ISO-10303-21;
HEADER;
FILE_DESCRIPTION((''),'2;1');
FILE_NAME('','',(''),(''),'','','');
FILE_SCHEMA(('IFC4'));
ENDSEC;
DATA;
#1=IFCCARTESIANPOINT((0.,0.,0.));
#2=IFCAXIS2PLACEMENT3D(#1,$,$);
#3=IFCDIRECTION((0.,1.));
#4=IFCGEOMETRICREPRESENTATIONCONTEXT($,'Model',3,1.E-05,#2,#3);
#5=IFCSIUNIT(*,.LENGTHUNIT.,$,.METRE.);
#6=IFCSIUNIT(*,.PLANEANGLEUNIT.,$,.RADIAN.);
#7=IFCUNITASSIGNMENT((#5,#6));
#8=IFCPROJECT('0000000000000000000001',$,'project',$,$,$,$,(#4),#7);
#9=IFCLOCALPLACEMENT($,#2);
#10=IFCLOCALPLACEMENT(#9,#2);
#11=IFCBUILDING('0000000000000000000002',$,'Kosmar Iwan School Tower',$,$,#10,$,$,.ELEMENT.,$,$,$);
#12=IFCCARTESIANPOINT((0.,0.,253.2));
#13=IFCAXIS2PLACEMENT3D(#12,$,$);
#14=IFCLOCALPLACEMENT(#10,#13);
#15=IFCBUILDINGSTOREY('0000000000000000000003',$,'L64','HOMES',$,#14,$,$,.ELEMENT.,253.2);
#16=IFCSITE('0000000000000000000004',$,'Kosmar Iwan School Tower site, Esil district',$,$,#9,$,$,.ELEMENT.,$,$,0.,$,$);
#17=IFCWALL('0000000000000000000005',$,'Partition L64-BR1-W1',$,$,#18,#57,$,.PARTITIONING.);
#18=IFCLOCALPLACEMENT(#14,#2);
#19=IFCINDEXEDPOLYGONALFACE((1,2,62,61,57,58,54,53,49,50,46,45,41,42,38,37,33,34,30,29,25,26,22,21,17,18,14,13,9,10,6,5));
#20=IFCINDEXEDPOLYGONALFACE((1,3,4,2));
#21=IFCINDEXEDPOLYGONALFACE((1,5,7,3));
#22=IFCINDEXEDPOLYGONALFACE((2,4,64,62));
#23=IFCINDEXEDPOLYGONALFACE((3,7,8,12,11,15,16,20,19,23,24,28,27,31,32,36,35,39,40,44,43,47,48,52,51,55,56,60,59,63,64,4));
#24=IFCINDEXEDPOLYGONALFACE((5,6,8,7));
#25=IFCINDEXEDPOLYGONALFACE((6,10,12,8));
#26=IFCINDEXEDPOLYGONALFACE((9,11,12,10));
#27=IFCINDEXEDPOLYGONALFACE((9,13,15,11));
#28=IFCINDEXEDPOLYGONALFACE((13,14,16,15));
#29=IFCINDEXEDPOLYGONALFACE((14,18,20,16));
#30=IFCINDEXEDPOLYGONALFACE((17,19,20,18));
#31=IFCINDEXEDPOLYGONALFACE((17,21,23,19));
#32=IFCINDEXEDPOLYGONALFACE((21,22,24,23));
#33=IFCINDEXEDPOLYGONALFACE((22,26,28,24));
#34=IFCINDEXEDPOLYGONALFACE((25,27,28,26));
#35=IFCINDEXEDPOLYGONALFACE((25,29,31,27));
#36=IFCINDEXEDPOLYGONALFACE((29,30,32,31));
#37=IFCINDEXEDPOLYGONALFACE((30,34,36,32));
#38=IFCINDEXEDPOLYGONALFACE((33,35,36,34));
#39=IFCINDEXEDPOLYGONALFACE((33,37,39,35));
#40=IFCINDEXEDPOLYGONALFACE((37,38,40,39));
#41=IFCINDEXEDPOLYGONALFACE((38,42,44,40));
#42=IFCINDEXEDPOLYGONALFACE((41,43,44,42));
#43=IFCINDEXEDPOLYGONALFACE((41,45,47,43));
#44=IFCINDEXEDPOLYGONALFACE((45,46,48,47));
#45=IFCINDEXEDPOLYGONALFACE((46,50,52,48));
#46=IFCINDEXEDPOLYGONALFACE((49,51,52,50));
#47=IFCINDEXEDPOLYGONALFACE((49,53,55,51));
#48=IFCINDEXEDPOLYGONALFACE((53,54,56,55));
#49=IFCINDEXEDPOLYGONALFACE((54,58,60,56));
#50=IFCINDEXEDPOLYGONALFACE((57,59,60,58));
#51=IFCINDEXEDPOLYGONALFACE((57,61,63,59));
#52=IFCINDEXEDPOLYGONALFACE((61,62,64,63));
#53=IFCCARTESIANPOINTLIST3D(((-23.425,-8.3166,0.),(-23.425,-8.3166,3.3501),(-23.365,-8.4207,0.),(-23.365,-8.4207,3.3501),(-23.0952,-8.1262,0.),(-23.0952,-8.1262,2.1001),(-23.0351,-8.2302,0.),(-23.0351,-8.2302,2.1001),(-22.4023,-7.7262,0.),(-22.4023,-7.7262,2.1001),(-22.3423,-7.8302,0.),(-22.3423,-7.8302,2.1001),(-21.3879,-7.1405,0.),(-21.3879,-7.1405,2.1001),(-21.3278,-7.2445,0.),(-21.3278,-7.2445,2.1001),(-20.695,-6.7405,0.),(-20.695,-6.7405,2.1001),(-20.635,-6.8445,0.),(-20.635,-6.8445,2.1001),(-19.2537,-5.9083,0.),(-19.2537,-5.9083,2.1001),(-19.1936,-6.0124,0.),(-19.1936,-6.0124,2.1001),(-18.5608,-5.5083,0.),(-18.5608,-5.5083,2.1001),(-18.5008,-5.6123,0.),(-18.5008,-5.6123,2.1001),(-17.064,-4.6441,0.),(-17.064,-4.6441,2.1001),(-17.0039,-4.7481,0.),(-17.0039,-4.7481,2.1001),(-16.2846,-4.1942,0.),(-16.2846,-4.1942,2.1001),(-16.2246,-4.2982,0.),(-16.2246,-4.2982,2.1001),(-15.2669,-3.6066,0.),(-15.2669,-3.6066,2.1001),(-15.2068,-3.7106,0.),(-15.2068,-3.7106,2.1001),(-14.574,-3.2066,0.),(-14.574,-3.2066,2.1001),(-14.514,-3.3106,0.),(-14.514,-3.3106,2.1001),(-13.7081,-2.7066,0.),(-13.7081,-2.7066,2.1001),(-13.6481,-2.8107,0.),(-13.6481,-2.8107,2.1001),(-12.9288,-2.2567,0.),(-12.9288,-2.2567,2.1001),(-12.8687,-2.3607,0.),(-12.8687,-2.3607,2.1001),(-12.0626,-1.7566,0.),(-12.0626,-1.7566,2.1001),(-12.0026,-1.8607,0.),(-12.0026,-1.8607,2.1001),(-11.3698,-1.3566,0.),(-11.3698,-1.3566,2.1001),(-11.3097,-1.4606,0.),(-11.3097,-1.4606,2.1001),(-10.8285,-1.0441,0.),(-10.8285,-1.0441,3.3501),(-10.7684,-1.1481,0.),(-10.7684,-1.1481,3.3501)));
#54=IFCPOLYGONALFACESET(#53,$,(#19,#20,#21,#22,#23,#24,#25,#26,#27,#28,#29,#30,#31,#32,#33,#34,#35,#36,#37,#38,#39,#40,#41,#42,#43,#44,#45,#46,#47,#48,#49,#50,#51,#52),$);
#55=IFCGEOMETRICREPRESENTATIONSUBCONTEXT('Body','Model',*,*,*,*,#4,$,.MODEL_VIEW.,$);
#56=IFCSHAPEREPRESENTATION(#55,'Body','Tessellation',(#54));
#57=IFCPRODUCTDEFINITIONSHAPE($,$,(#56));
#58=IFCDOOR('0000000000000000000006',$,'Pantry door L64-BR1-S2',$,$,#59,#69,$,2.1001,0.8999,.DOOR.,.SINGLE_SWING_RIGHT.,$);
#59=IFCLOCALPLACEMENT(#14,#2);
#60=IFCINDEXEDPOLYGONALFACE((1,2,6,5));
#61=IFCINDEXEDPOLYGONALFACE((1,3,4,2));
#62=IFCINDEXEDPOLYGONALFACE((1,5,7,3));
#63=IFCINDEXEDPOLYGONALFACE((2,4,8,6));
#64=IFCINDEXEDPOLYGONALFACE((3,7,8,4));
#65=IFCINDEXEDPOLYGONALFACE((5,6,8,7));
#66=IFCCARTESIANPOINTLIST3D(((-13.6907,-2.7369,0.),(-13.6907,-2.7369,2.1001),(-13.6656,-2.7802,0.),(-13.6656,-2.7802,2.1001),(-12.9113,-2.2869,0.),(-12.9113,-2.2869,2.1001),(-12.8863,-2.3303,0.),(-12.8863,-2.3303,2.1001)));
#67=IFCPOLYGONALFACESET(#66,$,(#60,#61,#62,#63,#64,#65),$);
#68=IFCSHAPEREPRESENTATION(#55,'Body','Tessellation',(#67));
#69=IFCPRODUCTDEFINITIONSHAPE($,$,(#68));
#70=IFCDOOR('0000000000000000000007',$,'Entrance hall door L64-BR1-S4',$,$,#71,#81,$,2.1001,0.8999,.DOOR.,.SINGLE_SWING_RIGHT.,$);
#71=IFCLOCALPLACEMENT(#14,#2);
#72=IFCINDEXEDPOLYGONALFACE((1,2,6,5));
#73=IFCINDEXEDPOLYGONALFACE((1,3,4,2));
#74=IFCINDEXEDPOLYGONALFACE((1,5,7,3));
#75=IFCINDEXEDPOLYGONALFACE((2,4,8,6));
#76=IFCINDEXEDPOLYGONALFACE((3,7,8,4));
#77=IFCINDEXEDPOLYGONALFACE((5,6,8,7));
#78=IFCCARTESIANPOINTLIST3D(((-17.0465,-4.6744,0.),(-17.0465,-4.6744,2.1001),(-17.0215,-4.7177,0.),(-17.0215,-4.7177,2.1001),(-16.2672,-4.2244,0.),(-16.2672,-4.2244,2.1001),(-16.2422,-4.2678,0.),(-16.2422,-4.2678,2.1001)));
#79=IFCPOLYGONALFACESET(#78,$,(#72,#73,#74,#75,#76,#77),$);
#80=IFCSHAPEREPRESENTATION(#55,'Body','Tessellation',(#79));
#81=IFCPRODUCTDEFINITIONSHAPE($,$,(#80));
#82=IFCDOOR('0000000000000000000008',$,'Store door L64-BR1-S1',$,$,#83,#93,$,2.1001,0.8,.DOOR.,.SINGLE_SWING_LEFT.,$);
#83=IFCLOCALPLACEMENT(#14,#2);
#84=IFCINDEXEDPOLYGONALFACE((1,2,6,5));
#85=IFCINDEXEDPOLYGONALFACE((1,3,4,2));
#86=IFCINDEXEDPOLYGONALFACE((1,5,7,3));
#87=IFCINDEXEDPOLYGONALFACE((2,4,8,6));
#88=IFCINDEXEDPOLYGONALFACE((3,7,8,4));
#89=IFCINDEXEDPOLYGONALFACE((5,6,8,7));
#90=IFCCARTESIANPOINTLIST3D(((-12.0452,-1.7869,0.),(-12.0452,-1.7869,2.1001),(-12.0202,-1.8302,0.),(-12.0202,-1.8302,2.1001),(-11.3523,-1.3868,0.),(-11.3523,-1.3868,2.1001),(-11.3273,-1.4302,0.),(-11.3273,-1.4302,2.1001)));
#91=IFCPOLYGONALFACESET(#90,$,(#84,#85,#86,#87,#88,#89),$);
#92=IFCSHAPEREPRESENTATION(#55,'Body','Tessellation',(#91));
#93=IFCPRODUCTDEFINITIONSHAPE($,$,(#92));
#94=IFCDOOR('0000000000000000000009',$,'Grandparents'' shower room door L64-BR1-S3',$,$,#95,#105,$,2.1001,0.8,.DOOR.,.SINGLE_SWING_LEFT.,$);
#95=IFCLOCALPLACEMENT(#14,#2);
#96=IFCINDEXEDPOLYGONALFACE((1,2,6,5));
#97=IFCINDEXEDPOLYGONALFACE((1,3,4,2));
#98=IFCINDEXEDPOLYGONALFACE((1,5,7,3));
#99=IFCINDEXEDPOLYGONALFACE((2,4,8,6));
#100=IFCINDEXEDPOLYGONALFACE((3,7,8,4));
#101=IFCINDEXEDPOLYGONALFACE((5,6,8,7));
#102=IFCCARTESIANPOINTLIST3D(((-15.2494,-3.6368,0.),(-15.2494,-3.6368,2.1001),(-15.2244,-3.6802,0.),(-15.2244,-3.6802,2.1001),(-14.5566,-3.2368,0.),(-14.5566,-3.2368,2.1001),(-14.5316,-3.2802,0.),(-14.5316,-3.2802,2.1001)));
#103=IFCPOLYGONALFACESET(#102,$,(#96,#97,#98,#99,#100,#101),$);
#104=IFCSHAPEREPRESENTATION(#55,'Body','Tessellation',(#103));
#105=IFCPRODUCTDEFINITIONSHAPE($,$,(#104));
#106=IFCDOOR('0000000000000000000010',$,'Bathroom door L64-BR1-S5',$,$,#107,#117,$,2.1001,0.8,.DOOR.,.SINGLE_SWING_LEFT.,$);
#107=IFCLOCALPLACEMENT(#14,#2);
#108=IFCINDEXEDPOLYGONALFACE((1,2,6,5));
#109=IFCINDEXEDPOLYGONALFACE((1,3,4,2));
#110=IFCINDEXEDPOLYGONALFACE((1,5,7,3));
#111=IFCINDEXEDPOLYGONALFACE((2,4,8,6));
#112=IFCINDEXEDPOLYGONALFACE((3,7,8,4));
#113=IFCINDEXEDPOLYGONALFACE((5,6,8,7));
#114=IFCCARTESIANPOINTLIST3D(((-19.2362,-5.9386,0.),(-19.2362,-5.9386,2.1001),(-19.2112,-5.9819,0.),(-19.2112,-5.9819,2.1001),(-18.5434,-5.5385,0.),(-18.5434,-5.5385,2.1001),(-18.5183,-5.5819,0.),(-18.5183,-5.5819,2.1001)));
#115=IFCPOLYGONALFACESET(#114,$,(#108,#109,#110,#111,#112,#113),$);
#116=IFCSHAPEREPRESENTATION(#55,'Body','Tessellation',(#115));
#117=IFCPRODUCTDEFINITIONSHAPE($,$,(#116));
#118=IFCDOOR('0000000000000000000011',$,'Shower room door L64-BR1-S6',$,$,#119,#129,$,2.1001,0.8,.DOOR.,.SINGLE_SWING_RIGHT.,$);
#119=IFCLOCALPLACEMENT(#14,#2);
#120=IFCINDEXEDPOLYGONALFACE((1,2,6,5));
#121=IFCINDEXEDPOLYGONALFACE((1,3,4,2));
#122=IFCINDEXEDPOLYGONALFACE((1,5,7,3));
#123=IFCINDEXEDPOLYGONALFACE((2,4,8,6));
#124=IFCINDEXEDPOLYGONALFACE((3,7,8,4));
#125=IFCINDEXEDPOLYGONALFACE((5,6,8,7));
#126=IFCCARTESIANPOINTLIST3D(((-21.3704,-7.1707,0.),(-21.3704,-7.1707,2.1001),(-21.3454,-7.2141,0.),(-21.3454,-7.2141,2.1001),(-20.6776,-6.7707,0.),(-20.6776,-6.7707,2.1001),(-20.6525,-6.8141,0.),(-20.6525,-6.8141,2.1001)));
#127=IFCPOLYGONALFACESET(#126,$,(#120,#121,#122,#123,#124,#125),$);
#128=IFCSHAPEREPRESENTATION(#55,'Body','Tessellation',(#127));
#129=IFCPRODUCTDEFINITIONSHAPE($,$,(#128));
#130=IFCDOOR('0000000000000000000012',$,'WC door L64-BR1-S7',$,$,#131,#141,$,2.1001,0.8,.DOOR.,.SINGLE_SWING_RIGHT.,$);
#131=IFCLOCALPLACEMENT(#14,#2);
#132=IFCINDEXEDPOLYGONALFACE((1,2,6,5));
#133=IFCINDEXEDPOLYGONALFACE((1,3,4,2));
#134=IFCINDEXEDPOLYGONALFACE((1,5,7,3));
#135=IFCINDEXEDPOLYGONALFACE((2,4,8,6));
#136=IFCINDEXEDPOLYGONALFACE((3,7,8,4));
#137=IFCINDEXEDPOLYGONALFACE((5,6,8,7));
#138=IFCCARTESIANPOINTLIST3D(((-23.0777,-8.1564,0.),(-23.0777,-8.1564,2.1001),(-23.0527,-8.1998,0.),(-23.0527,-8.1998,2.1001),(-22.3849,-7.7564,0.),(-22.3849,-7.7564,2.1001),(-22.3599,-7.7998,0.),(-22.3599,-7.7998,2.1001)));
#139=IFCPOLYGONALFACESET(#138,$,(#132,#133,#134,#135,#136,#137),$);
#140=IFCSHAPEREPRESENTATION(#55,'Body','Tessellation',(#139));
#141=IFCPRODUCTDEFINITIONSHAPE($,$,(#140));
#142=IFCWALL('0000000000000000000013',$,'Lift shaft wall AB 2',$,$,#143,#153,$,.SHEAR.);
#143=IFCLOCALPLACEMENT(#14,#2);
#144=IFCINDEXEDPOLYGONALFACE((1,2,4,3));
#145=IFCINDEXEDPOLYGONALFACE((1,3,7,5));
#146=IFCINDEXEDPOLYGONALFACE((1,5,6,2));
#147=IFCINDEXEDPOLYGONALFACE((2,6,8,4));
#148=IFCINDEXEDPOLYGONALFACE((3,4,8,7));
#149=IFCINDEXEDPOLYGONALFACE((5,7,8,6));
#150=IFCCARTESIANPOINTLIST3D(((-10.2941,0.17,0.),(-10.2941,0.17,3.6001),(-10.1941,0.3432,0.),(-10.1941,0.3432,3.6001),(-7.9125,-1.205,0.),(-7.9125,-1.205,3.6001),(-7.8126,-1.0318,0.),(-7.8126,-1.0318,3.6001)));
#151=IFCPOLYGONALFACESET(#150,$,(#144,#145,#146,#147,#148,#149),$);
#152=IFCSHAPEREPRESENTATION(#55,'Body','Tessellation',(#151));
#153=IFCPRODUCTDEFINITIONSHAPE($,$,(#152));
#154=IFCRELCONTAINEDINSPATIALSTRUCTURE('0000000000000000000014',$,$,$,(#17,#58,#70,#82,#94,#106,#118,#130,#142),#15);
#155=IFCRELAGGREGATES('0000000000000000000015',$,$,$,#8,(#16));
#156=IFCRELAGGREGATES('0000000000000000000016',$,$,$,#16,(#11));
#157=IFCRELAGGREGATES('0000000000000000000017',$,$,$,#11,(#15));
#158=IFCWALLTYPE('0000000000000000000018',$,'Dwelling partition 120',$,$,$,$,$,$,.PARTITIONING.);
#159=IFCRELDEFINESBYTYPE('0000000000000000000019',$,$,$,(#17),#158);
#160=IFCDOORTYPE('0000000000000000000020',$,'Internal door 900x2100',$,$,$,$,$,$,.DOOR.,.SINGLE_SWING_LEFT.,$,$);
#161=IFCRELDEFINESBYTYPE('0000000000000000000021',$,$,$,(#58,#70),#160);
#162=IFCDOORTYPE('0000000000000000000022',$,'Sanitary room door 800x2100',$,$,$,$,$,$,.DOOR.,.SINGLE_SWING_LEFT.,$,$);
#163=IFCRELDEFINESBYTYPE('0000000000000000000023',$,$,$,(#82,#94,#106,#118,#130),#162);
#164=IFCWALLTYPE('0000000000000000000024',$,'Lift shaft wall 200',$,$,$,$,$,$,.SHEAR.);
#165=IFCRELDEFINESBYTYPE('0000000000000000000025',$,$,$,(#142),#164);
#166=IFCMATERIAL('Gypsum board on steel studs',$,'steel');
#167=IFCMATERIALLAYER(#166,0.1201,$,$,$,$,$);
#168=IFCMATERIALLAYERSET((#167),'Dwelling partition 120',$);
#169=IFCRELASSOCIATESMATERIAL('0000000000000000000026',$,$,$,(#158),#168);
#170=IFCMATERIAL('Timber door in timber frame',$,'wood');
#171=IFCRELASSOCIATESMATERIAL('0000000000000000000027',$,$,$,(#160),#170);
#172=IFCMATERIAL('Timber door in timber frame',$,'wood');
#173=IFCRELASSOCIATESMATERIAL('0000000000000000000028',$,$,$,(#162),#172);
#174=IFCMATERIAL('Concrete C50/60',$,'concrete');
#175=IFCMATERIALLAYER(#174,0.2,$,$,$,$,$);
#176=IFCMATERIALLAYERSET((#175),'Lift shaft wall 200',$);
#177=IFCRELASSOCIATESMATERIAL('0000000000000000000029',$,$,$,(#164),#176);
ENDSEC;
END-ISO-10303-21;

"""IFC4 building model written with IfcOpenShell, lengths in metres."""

from ifc_helpers import new_model, si_unit, direction, frame, frame_2d, origin, place, context, subcontext, project, spatial, rectangle, extrude, material, layer, layer_set, type_object, element, fill, save


model = new_model("IFC4")

# Units and contexts
model_context = context("Model", 3, precision=1e-05, world=origin(), true_north=direction((0.0, 1.0)))
body_context = subcontext(model_context, "Body", "Model", "MODEL_VIEW")
ifc_project = project(units=[si_unit("LENGTHUNIT", "METRE"), si_unit("PLANEANGLEUNIT", "RADIAN")], contexts=[model_context])

# Site, building, storey
site_placement = place(None, origin())
site = spatial("IfcSite", under=ifc_project, at=site_placement, Name="Kosmar Iwan School Tower site, Esil district", CompositionType="ELEMENT", RefElevation=0.0)
building_placement = place(site_placement, origin())
building = spatial("IfcBuilding", under=site, at=building_placement, Name="Kosmar Iwan School Tower", CompositionType="ELEMENT")
storey_placement = place(building_placement, frame((0.0, 0.0, 253.2)))
storey = spatial("IfcBuildingStorey", under=building, at=storey_placement, Name="L64", Description="HOMES", CompositionType="ELEMENT", Elevation=253.2)

# Shared definitions
ifc_material_1 = material(Name="Gypsum board on steel studs", Category="steel")
ifc_layer_1 = layer(ifc_material_1, 0.1201)
ifc_layer_set_1 = layer_set([ifc_layer_1], Name="Dwelling partition 120")
wall_type_1 = type_object("IfcWallType", Name="Dwelling partition 120", PredefinedType="PARTITIONING", material=ifc_layer_set_1)

# Wall, openings, doors
wall_1_placement = place(storey_placement, frame((-10.7986, -1.0962, 0.0), z_axis=(0.0, 0.0, 1.0), x_axis=(-0.866028, -0.499995, 0.0)))
wall_1 = element("IfcWall", 1, at=wall_1_placement, inside=storey, type_object=wall_type_1, Name="Partition L64-BR1-W1", PredefinedType="PARTITIONING", context=body_context, shape_type="SweptSolid", body=[
    extrude(rectangle(XDim=14.5452, YDim=0.1201, at=frame_2d((7.2725, 0.0))), origin(), (0.0, 0.0, 1.0), 3.3501),
])
opening_1_placement = place(wall_1_placement, frame((0.625, 0.0, 0.0)))
opening_1 = element("IfcOpeningElement", 2, at=opening_1_placement, cuts=wall_1, PredefinedType="OPENING", context=body_context, shape_type="SweptSolid", body=[
    extrude(rectangle(XDim=0.8, YDim=2.1001, at=frame_2d((0.3999, 1.05))), frame((0.0, 0.072, 0.0), z_axis=(0.0, -1.0, 0.0), x_axis=(1.0, 0.0, 0.0)), (0.0, 0.0, 1.0), 0.144),
])
opening_2_placement = place(wall_1_placement, frame((2.425, 0.0, 0.0)))
opening_2 = element("IfcOpeningElement", 3, at=opening_2_placement, cuts=wall_1, PredefinedType="OPENING", context=body_context, shape_type="SweptSolid", body=[
    extrude(rectangle(XDim=0.8999, YDim=2.1001, at=frame_2d((0.45, 1.05))), frame((0.0, 0.072, 0.0), z_axis=(0.0, -1.0, 0.0), x_axis=(1.0, 0.0, 0.0)), (0.0, 0.0, 1.0), 0.144),
])
opening_3_placement = place(wall_1_placement, frame((4.325, 0.0, 0.0)))
opening_3 = element("IfcOpeningElement", 4, at=opening_3_placement, cuts=wall_1, PredefinedType="OPENING", context=body_context, shape_type="SweptSolid", body=[
    extrude(rectangle(XDim=0.8, YDim=2.1001, at=frame_2d((0.3999, 1.05))), frame((0.0, 0.072, 0.0), z_axis=(0.0, -1.0, 0.0), x_axis=(1.0, 0.0, 0.0)), (0.0, 0.0, 1.0), 0.144),
])
opening_4_placement = place(wall_1_placement, frame((6.3, 0.0, 0.0)))
opening_4 = element("IfcOpeningElement", 5, at=opening_4_placement, cuts=wall_1, PredefinedType="OPENING", context=body_context, shape_type="SweptSolid", body=[
    extrude(rectangle(XDim=0.8999, YDim=2.1001, at=frame_2d((0.45, 1.05))), frame((0.0, 0.072, 0.0), z_axis=(0.0, -1.0, 0.0), x_axis=(1.0, 0.0, 0.0)), (0.0, 0.0, 1.0), 0.144),
])
opening_5_placement = place(wall_1_placement, frame((8.9285, 0.0, 0.0)))
opening_5 = element("IfcOpeningElement", 6, at=opening_5_placement, cuts=wall_1, PredefinedType="OPENING", context=body_context, shape_type="SweptSolid", body=[
    extrude(rectangle(XDim=0.8, YDim=2.1001, at=frame_2d((0.3999, 1.05))), frame((0.0, 0.072, 0.0), z_axis=(0.0, -1.0, 0.0), x_axis=(1.0, 0.0, 0.0)), (0.0, 0.0, 1.0), 0.144),
])
opening_6_placement = place(wall_1_placement, frame((11.3928, 0.0, 0.0)))
opening_6 = element("IfcOpeningElement", 7, at=opening_6_placement, cuts=wall_1, PredefinedType="OPENING", context=body_context, shape_type="SweptSolid", body=[
    extrude(rectangle(XDim=0.8, YDim=2.1001, at=frame_2d((0.3999, 1.05))), frame((0.0, 0.072, 0.0), z_axis=(0.0, -1.0, 0.0), x_axis=(1.0, 0.0, 0.0)), (0.0, 0.0, 1.0), 0.144),
])
opening_7_placement = place(wall_1_placement, frame((13.3643, 0.0, 0.0)))
opening_7 = element("IfcOpeningElement", 8, at=opening_7_placement, cuts=wall_1, PredefinedType="OPENING", context=body_context, shape_type="SweptSolid", body=[
    extrude(rectangle(XDim=0.8, YDim=2.1001, at=frame_2d((0.3999, 1.05))), frame((0.0, 0.072, 0.0), z_axis=(0.0, -1.0, 0.0), x_axis=(1.0, 0.0, 0.0)), (0.0, 0.0, 1.0), 0.144),
])
ifc_material_2 = material(Name="Timber door in timber frame", Category="wood")
door_type_1 = type_object("IfcDoorType", Name="Internal door 900x2100", OperationType="SINGLE_SWING_LEFT", PredefinedType="DOOR", material=ifc_material_2)
door_1_placement = place(opening_2_placement, origin())
door_1 = element("IfcDoor", 9, at=door_1_placement, inside=storey, type_object=door_type_1, Name="Pantry door L64-BR1-S2", OperationType="SINGLE_SWING_RIGHT", OverallHeight=2.1001, OverallWidth=0.8999, PredefinedType="DOOR", context=body_context, shape_type="SweptSolid", body=[
    extrude(rectangle(XDim=0.8999, YDim=2.1001, at=frame_2d((0.45, 1.05))), frame((0.0, 0.0249, 0.0), z_axis=(0.0, -1.0, 0.0), x_axis=(1.0, 0.0, 0.0)), (0.0, 0.0, 1.0), 0.05),
])
fill(opening_2, door_1)
door_2_placement = place(opening_4_placement, origin())
door_2 = element("IfcDoor", 10, at=door_2_placement, inside=storey, type_object=door_type_1, Name="Entrance hall door L64-BR1-S4", OperationType="SINGLE_SWING_RIGHT", OverallHeight=2.1001, OverallWidth=0.8999, PredefinedType="DOOR", context=body_context, shape_type="SweptSolid", body=[
    extrude(rectangle(XDim=0.8999, YDim=2.1001, at=frame_2d((0.45, 1.05))), frame((0.0, 0.0249, 0.0), z_axis=(0.0, -1.0, 0.0), x_axis=(1.0, 0.0, 0.0)), (0.0, 0.0, 1.0), 0.05),
])
fill(opening_4, door_2)
ifc_material_3 = material(Name="Timber door in timber frame", Category="wood")
door_type_2 = type_object("IfcDoorType", Name="Sanitary room door 800x2100", OperationType="SINGLE_SWING_LEFT", PredefinedType="DOOR", material=ifc_material_3)
door_3_placement = place(opening_1_placement, origin())
door_3 = element("IfcDoor", 11, at=door_3_placement, inside=storey, type_object=door_type_2, Name="Store door L64-BR1-S1", OperationType="SINGLE_SWING_LEFT", OverallHeight=2.1001, OverallWidth=0.8, PredefinedType="DOOR", context=body_context, shape_type="SweptSolid", body=[
    extrude(rectangle(XDim=0.8, YDim=2.1001, at=frame_2d((0.3999, 1.05))), frame((0.0, 0.0249, 0.0), z_axis=(0.0, -1.0, 0.0), x_axis=(1.0, 0.0, 0.0)), (0.0, 0.0, 1.0), 0.05),
])
fill(opening_1, door_3)
door_4_placement = place(opening_3_placement, origin())
door_4 = element("IfcDoor", 12, at=door_4_placement, inside=storey, type_object=door_type_2, Name="Grandparents' shower room door L64-BR1-S3", OperationType="SINGLE_SWING_LEFT", OverallHeight=2.1001, OverallWidth=0.8, PredefinedType="DOOR", context=body_context, shape_type="SweptSolid", body=[
    extrude(rectangle(XDim=0.8, YDim=2.1001, at=frame_2d((0.3999, 1.05))), frame((0.0, 0.0249, 0.0), z_axis=(0.0, -1.0, 0.0), x_axis=(1.0, 0.0, 0.0)), (0.0, 0.0, 1.0), 0.05),
])
fill(opening_3, door_4)
door_5_placement = place(opening_5_placement, origin())
door_5 = element("IfcDoor", 13, at=door_5_placement, inside=storey, type_object=door_type_2, Name="Bathroom door L64-BR1-S5", OperationType="SINGLE_SWING_LEFT", OverallHeight=2.1001, OverallWidth=0.8, PredefinedType="DOOR", context=body_context, shape_type="SweptSolid", body=[
    extrude(rectangle(XDim=0.8, YDim=2.1001, at=frame_2d((0.3999, 1.05))), frame((0.0, 0.0249, 0.0), z_axis=(0.0, -1.0, 0.0), x_axis=(1.0, 0.0, 0.0)), (0.0, 0.0, 1.0), 0.05),
])
fill(opening_5, door_5)
door_6_placement = place(opening_6_placement, origin())
door_6 = element("IfcDoor", 14, at=door_6_placement, inside=storey, type_object=door_type_2, Name="Shower room door L64-BR1-S6", OperationType="SINGLE_SWING_RIGHT", OverallHeight=2.1001, OverallWidth=0.8, PredefinedType="DOOR", context=body_context, shape_type="SweptSolid", body=[
    extrude(rectangle(XDim=0.8, YDim=2.1001, at=frame_2d((0.3999, 1.05))), frame((0.0, 0.0249, 0.0), z_axis=(0.0, -1.0, 0.0), x_axis=(1.0, 0.0, 0.0)), (0.0, 0.0, 1.0), 0.05),
])
fill(opening_6, door_6)
door_7_placement = place(opening_7_placement, origin())
door_7 = element("IfcDoor", 15, at=door_7_placement, inside=storey, type_object=door_type_2, Name="WC door L64-BR1-S7", OperationType="SINGLE_SWING_RIGHT", OverallHeight=2.1001, OverallWidth=0.8, PredefinedType="DOOR", context=body_context, shape_type="SweptSolid", body=[
    extrude(rectangle(XDim=0.8, YDim=2.1001, at=frame_2d((0.3999, 1.05))), frame((0.0, 0.0249, 0.0), z_axis=(0.0, -1.0, 0.0), x_axis=(1.0, 0.0, 0.0)), (0.0, 0.0, 1.0), 0.05),
])
fill(opening_7, door_7)

# Wall
ifc_material_4 = material(Name="Concrete C50/60", Category="concrete")
ifc_layer_2 = layer(ifc_material_4, 0.2)
ifc_layer_set_2 = layer_set([ifc_layer_2], Name="Lift shaft wall 200")
wall_type_2 = type_object("IfcWallType", Name="Lift shaft wall 200", PredefinedType="SHEAR", material=ifc_layer_set_2)
wall_2_placement = place(storey_placement, frame((-7.8625, -1.1184, 0.0), z_axis=(0.0, 0.0, 1.0), x_axis=(-0.866027, 0.499997, 0.0)))
element("IfcWall", 16, at=wall_2_placement, inside=storey, type_object=wall_type_2, Name="Lift shaft wall AB 2", PredefinedType="SHEAR", context=body_context, shape_type="SweptSolid", body=[
    extrude(rectangle(XDim=2.75, YDim=0.2, at=frame_2d((1.375, 0.0))), origin(), (0.0, 0.0, 1.0), 3.6001),
])

save(model, "model.ifc")
